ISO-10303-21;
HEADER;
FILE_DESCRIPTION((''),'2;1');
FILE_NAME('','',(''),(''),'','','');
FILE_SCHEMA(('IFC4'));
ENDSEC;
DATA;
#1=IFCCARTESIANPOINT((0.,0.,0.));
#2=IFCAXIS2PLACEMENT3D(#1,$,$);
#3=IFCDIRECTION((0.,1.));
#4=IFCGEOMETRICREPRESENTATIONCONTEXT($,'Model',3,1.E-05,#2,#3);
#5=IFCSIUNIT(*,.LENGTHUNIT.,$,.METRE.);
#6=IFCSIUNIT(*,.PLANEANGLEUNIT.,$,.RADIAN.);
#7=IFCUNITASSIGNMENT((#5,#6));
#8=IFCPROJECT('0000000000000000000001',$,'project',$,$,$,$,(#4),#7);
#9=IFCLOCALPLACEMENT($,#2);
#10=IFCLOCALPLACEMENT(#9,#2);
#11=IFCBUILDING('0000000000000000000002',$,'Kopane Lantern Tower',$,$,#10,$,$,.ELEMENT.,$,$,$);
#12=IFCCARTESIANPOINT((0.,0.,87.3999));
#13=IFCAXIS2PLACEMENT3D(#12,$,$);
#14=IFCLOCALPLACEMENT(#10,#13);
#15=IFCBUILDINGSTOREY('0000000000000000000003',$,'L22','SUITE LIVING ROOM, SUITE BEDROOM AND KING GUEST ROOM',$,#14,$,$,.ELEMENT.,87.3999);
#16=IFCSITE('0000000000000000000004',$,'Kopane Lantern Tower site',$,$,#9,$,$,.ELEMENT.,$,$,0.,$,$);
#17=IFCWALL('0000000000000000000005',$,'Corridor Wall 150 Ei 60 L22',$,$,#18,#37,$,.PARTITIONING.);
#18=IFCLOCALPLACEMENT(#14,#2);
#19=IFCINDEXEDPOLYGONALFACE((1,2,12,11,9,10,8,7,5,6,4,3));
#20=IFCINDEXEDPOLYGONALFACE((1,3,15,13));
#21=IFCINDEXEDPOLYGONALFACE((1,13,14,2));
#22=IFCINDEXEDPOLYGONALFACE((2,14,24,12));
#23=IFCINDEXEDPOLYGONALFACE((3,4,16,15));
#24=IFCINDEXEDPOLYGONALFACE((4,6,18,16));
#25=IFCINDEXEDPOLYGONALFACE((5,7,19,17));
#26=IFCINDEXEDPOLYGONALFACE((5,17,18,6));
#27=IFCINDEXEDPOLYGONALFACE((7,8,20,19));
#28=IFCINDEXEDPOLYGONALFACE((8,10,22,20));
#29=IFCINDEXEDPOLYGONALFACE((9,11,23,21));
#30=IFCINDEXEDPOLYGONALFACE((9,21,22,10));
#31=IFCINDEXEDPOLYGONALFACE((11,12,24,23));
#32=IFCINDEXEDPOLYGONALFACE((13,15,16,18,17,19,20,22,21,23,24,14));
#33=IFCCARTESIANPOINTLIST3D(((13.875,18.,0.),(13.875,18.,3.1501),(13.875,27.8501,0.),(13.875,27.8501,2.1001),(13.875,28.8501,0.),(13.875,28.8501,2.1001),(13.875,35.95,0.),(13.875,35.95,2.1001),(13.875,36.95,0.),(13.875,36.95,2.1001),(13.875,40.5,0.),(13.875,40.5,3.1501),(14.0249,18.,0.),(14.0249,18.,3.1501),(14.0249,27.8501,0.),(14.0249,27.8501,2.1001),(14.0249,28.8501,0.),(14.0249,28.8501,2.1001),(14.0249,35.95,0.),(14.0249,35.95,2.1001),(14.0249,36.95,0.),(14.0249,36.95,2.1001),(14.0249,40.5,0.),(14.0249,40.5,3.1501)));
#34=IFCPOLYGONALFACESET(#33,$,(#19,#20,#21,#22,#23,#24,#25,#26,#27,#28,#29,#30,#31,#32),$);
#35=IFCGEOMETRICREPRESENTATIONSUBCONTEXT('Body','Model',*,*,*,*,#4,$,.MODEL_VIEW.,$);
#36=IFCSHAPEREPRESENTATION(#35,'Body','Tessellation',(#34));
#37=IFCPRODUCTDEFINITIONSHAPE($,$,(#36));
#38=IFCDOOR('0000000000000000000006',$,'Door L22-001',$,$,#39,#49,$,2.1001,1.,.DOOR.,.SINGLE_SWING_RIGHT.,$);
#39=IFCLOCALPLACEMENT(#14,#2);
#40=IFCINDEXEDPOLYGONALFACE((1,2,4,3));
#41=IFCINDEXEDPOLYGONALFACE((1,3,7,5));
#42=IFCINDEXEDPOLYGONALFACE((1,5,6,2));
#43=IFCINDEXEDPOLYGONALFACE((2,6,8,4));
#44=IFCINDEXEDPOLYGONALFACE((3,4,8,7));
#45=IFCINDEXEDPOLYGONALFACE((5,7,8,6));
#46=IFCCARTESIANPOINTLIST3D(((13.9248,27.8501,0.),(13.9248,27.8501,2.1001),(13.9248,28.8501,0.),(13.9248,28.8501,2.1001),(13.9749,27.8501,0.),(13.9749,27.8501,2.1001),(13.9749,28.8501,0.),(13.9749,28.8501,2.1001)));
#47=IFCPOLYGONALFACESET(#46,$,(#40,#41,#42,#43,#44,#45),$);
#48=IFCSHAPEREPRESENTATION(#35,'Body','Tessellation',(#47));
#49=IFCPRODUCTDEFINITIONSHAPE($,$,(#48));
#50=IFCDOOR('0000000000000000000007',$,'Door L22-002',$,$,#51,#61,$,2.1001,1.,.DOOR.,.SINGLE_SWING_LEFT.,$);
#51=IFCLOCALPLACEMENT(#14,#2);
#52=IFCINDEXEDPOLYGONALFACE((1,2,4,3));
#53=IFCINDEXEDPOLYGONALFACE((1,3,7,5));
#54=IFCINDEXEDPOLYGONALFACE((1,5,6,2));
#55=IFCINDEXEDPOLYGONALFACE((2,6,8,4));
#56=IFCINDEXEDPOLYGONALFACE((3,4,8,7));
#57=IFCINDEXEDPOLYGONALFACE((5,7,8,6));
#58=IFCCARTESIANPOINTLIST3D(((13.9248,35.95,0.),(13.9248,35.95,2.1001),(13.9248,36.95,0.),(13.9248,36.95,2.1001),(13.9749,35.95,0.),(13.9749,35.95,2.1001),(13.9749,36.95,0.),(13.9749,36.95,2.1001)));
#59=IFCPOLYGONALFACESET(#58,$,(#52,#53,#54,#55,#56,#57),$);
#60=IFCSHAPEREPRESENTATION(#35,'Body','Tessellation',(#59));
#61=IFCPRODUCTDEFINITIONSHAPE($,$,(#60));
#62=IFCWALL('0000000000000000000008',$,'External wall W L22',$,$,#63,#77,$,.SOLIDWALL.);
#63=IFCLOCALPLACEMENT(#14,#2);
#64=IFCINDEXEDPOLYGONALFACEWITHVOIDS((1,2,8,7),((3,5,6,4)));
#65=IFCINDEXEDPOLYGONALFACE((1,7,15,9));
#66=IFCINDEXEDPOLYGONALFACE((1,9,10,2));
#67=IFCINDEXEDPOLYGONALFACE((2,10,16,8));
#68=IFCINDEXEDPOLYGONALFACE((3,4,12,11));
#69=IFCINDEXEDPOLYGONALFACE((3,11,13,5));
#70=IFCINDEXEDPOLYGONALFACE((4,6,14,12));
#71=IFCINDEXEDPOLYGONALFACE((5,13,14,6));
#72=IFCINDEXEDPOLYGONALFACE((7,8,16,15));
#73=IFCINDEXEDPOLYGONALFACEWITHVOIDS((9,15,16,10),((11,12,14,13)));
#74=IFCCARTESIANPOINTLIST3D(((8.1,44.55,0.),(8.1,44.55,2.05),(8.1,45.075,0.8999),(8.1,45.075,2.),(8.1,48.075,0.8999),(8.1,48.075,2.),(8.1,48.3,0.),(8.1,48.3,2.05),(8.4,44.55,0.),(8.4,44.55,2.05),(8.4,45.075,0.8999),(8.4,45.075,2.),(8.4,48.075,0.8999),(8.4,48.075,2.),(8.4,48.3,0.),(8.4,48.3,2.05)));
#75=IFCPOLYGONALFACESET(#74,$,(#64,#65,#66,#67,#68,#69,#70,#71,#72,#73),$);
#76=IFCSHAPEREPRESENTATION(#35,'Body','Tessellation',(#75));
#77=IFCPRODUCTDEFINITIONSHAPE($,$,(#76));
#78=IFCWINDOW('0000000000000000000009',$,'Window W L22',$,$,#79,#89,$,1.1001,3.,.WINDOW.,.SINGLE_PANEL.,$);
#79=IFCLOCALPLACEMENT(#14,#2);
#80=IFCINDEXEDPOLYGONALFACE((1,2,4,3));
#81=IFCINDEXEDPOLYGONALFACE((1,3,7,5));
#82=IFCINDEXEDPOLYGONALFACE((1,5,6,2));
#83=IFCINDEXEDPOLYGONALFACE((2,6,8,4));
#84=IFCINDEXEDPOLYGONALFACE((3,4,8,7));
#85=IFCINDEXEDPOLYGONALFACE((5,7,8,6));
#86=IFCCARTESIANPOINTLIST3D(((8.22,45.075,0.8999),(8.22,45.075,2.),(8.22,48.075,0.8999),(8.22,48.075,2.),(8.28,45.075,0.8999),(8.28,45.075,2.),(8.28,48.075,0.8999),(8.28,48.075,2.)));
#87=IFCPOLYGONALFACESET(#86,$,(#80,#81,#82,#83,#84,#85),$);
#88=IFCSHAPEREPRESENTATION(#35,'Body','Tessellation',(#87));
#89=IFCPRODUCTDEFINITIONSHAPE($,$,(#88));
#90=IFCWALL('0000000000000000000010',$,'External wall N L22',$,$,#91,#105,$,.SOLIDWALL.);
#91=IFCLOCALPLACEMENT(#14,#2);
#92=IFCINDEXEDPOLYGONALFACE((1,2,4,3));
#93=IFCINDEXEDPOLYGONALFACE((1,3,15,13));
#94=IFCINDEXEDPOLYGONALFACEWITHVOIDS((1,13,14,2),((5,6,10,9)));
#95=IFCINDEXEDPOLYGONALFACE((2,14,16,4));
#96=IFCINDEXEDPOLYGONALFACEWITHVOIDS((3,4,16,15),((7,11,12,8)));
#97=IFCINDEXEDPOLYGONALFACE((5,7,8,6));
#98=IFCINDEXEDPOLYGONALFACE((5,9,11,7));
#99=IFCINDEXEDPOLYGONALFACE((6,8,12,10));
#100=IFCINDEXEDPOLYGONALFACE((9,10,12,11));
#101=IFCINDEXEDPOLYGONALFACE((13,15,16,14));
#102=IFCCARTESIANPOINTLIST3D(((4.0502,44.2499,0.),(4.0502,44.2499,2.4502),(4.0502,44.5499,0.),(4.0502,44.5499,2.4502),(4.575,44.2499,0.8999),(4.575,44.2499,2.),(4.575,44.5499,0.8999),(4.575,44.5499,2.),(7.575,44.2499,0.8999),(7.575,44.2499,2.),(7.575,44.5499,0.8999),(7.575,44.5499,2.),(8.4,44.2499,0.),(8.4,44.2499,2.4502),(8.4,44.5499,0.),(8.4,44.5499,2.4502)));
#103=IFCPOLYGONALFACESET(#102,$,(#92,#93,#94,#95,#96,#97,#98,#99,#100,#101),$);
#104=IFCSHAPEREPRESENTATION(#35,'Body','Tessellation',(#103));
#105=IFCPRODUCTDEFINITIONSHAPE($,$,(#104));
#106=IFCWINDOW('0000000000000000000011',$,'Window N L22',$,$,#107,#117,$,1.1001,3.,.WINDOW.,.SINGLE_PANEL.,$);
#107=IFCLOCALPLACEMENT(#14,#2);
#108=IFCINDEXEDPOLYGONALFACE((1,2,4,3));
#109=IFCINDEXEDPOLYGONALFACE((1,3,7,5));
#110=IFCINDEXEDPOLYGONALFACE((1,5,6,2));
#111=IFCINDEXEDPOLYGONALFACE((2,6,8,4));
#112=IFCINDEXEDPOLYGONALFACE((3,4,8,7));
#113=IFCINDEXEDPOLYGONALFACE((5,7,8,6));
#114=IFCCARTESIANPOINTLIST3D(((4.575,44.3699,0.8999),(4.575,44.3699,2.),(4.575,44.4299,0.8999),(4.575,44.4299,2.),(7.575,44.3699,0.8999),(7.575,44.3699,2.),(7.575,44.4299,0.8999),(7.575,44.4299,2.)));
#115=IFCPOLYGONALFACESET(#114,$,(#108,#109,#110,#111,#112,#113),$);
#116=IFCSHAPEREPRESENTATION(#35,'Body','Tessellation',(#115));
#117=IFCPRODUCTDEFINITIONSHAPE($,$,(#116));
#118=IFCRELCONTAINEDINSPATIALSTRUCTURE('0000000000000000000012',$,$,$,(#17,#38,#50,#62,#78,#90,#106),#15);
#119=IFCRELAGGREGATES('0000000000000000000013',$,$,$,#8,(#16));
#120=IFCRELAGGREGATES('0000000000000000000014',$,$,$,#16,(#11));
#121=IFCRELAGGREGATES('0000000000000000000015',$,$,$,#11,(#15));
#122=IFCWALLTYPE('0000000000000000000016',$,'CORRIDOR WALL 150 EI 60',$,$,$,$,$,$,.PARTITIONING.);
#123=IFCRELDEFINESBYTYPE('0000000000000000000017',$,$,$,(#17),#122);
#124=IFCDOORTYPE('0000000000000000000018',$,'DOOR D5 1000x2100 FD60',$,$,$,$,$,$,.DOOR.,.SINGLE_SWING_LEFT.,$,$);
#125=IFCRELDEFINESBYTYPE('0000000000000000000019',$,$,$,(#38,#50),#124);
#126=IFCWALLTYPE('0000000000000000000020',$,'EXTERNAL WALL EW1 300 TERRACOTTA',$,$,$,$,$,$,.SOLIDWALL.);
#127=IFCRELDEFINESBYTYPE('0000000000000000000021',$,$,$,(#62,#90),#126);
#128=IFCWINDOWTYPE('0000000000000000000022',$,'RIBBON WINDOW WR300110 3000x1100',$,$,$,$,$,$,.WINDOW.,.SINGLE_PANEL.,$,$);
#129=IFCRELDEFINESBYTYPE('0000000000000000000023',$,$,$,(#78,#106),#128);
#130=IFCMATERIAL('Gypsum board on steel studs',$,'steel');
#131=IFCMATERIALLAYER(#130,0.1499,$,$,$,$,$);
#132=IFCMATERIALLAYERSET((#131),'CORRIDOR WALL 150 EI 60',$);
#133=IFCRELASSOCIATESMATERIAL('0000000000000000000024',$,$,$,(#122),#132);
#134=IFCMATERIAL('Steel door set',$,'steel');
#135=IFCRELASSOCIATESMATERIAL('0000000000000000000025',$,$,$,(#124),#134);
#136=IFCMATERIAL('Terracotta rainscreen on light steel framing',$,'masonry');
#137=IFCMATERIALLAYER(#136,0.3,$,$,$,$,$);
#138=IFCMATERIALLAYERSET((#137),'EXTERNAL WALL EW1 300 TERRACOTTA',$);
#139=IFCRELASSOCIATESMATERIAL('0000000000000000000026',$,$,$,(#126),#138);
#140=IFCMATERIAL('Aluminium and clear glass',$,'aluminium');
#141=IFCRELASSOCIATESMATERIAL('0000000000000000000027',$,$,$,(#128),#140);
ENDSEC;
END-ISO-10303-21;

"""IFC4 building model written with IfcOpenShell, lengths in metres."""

from ifc_helpers import new_model, si_unit, direction, frame, frame_2d, origin, place, context, subcontext, project, spatial, rectangle, extrude, material, layer, layer_set, type_object, element, fill, save


model = new_model("IFC4")

# Units and contexts
model_context = context("Model", 3, precision=1e-05, world=origin(), true_north=direction((0.0, 1.0)))
body_context = subcontext(model_context, "Body", "Model", "MODEL_VIEW")
ifc_project = project(units=[si_unit("LENGTHUNIT", "METRE"), si_unit("PLANEANGLEUNIT", "RADIAN")], contexts=[model_context])

# Site, building, storey
site_placement = place(None, origin())
site = spatial("IfcSite", under=ifc_project, at=site_placement, Name="Kopane Lantern Tower site", CompositionType="ELEMENT", RefElevation=0.0)
building_placement = place(site_placement, origin())
building = spatial("IfcBuilding", under=site, at=building_placement, Name="Kopane Lantern Tower", CompositionType="ELEMENT")
storey_placement = place(building_placement, frame((0.0, 0.0, 87.3999)))
storey = spatial("IfcBuildingStorey", under=building, at=storey_placement, Name="L22", Description="SUITE LIVING ROOM, SUITE BEDROOM AND KING GUEST ROOM", CompositionType="ELEMENT", Elevation=87.3999)

# Shared definitions
ifc_material_1 = material(Name="Gypsum board on steel studs", Category="steel")
ifc_layer_1 = layer(ifc_material_1, 0.1499)
ifc_layer_set_1 = layer_set([ifc_layer_1], Name="CORRIDOR WALL 150 EI 60")
wall_type_1 = type_object("IfcWallType", Name="CORRIDOR WALL 150 EI 60", PredefinedType="PARTITIONING", material=ifc_layer_set_1)

# Wall, openings, doors
wall_1_placement = place(storey_placement, frame((13.95, 40.5, 0.0), z_axis=(0.0, 0.0, 1.0), x_axis=(0.0, -1.0, 0.0)))
wall_1 = element("IfcWall", 1, at=wall_1_placement, inside=storey, type_object=wall_type_1, Name="Corridor Wall 150 Ei 60 L22", PredefinedType="PARTITIONING", context=body_context, shape_type="SweptSolid", body=[
    extrude(rectangle(XDim=22.5, YDim=0.1499, at=frame_2d((11.25, 0.0))), origin(), (0.0, 0.0, 1.0), 3.1501),
])
opening_1_placement = place(wall_1_placement, frame((11.6499, 0.0, 0.0)))
opening_1 = element("IfcOpeningElement", 2, at=opening_1_placement, cuts=wall_1, PredefinedType="OPENING", context=body_context, shape_type="SweptSolid", body=[
    extrude(rectangle(XDim=1.0, YDim=2.1001, at=frame_2d((0.5, 1.05))), frame((0.0, 0.085, 0.0), z_axis=(0.0, -1.0, 0.0), x_axis=(1.0, 0.0, 0.0)), (0.0, 0.0, 1.0), 0.1699),
])
opening_2_placement = place(wall_1_placement, frame((3.55, 0.0, 0.0)))
opening_2 = element("IfcOpeningElement", 3, at=opening_2_placement, cuts=wall_1, PredefinedType="OPENING", context=body_context, shape_type="SweptSolid", body=[
    extrude(rectangle(XDim=1.0, YDim=2.1001, at=frame_2d((0.5, 1.05))), frame((0.0, 0.085, 0.0), z_axis=(0.0, -1.0, 0.0), x_axis=(1.0, 0.0, 0.0)), (0.0, 0.0, 1.0), 0.1699),
])
ifc_material_2 = material(Name="Steel door set", Category="steel")
door_type_1 = type_object("IfcDoorType", Name="DOOR D5 1000x2100 FD60", OperationType="SINGLE_SWING_LEFT", PredefinedType="DOOR", material=ifc_material_2)
door_1_placement = place(opening_1_placement, origin())
door_1 = element("IfcDoor", 4, at=door_1_placement, inside=storey, type_object=door_type_1, Name="Door L22-001", OperationType="SINGLE_SWING_RIGHT", OverallHeight=2.1001, OverallWidth=1.0, PredefinedType="DOOR", context=body_context, shape_type="SweptSolid", body=[
    extrude(rectangle(XDim=1.0, YDim=2.1001, at=frame_2d((0.5, 1.05))), frame((0.0, 0.0249, 0.0), z_axis=(0.0, -1.0, 0.0), x_axis=(1.0, 0.0, 0.0)), (0.0, 0.0, 1.0), 0.05),
])
fill(opening_1, door_1)
door_2_placement = place(opening_2_placement, origin())
door_2 = element("IfcDoor", 5, at=door_2_placement, inside=storey, type_object=door_type_1, Name="Door L22-002", OperationType="SINGLE_SWING_LEFT", OverallHeight=2.1001, OverallWidth=1.0, PredefinedType="DOOR", context=body_context, shape_type="SweptSolid", body=[
    extrude(rectangle(XDim=1.0, YDim=2.1001, at=frame_2d((0.5, 1.05))), frame((0.0, 0.0249, 0.0), z_axis=(0.0, -1.0, 0.0), x_axis=(1.0, 0.0, 0.0)), (0.0, 0.0, 1.0), 0.05),
])
fill(opening_2, door_2)

# Walls, openings, windows
ifc_material_3 = material(Name="Terracotta rainscreen on light steel framing", Category="masonry")
ifc_layer_2 = layer(ifc_material_3, 0.3)
ifc_layer_set_2 = layer_set([ifc_layer_2], Name="EXTERNAL WALL EW1 300 TERRACOTTA")
wall_type_2 = type_object("IfcWallType", Name="EXTERNAL WALL EW1 300 TERRACOTTA", PredefinedType="SOLIDWALL", material=ifc_layer_set_2)
wall_2_placement = place(storey_placement, frame((8.25, 48.3, 0.0), z_axis=(0.0, 0.0, 1.0), x_axis=(0.0, -1.0, 0.0)))
wall_2 = element("IfcWall", 6, at=wall_2_placement, inside=storey, type_object=wall_type_2, Name="External wall W L22", PredefinedType="SOLIDWALL", context=body_context, shape_type="SweptSolid", body=[
    extrude(rectangle(XDim=3.75, YDim=0.3, at=frame_2d((1.875, 0.0))), origin(), (0.0, 0.0, 1.0), 2.05),
])
opening_3_placement = place(wall_2_placement, frame((0.2251, 0.0, 0.8999)))
opening_3 = element("IfcOpeningElement", 7, at=opening_3_placement, cuts=wall_2, PredefinedType="OPENING", context=body_context, shape_type="SweptSolid", body=[
    extrude(rectangle(XDim=3.0, YDim=1.1001, at=frame_2d((1.5, 0.55))), frame((0.0, 0.1599, 0.0), z_axis=(0.0, -1.0, 0.0), x_axis=(1.0, 0.0, 0.0)), (0.0, 0.0, 1.0), 0.3201),
])
ifc_material_4 = material(Name="Aluminium and clear glass", Category="aluminium")
window_type = type_object("IfcWindowType", Name="RIBBON WINDOW WR300110 3000x1100", PartitioningType="SINGLE_PANEL", PredefinedType="WINDOW", material=ifc_material_4)
window_1_placement = place(opening_3_placement, origin())
window_1 = element("IfcWindow", 8, at=window_1_placement, inside=storey, type_object=window_type, Name="Window W L22", OverallHeight=1.1001, OverallWidth=3.0, PartitioningType="SINGLE_PANEL", PredefinedType="WINDOW", context=body_context, shape_type="SweptSolid", body=[
    extrude(rectangle(XDim=3.0, YDim=1.1001, at=frame_2d((1.5, 0.55))), frame((0.0, 0.03, 0.0), z_axis=(0.0, -1.0, 0.0), x_axis=(1.0, 0.0, 0.0)), (0.0, 0.0, 1.0), 0.0601),
])
fill(opening_3, window_1)
wall_3_placement = place(storey_placement, frame((8.3999, 44.3999, 0.0), z_axis=(0.0, 0.0, 1.0), x_axis=(-1.0, 0.0, 0.0)))
wall_3 = element("IfcWall", 9, at=wall_3_placement, inside=storey, type_object=wall_type_2, Name="External wall N L22", PredefinedType="SOLIDWALL", context=body_context, shape_type="SweptSolid", body=[
    extrude(rectangle(XDim=4.3499, YDim=0.3, at=frame_2d((2.1748, 0.0))), origin(), (0.0, 0.0, 1.0), 2.4502),
])
opening_4_placement = place(wall_3_placement, frame((0.825, 0.0, 0.8999)))
opening_4 = element("IfcOpeningElement", 10, at=opening_4_placement, cuts=wall_3, PredefinedType="OPENING", context=body_context, shape_type="SweptSolid", body=[
    extrude(rectangle(XDim=3.0, YDim=1.1001, at=frame_2d((1.5, 0.55))), frame((0.0, 0.1599, 0.0), z_axis=(0.0, -1.0, 0.0), x_axis=(1.0, 0.0, 0.0)), (0.0, 0.0, 1.0), 0.3201),
])
window_2_placement = place(opening_4_placement, origin())
window_2 = element("IfcWindow", 11, at=window_2_placement, inside=storey, type_object=window_type, Name="Window N L22", OverallHeight=1.1001, OverallWidth=3.0, PartitioningType="SINGLE_PANEL", PredefinedType="WINDOW", context=body_context, shape_type="SweptSolid", body=[
    extrude(rectangle(XDim=3.0, YDim=1.1001, at=frame_2d((1.5, 0.55))), frame((0.0, 0.03, 0.0), z_axis=(0.0, -1.0, 0.0), x_axis=(1.0, 0.0, 0.0)), (0.0, 0.0, 1.0), 0.0601),
])
fill(opening_4, window_2)

save(model, "model.ifc")
